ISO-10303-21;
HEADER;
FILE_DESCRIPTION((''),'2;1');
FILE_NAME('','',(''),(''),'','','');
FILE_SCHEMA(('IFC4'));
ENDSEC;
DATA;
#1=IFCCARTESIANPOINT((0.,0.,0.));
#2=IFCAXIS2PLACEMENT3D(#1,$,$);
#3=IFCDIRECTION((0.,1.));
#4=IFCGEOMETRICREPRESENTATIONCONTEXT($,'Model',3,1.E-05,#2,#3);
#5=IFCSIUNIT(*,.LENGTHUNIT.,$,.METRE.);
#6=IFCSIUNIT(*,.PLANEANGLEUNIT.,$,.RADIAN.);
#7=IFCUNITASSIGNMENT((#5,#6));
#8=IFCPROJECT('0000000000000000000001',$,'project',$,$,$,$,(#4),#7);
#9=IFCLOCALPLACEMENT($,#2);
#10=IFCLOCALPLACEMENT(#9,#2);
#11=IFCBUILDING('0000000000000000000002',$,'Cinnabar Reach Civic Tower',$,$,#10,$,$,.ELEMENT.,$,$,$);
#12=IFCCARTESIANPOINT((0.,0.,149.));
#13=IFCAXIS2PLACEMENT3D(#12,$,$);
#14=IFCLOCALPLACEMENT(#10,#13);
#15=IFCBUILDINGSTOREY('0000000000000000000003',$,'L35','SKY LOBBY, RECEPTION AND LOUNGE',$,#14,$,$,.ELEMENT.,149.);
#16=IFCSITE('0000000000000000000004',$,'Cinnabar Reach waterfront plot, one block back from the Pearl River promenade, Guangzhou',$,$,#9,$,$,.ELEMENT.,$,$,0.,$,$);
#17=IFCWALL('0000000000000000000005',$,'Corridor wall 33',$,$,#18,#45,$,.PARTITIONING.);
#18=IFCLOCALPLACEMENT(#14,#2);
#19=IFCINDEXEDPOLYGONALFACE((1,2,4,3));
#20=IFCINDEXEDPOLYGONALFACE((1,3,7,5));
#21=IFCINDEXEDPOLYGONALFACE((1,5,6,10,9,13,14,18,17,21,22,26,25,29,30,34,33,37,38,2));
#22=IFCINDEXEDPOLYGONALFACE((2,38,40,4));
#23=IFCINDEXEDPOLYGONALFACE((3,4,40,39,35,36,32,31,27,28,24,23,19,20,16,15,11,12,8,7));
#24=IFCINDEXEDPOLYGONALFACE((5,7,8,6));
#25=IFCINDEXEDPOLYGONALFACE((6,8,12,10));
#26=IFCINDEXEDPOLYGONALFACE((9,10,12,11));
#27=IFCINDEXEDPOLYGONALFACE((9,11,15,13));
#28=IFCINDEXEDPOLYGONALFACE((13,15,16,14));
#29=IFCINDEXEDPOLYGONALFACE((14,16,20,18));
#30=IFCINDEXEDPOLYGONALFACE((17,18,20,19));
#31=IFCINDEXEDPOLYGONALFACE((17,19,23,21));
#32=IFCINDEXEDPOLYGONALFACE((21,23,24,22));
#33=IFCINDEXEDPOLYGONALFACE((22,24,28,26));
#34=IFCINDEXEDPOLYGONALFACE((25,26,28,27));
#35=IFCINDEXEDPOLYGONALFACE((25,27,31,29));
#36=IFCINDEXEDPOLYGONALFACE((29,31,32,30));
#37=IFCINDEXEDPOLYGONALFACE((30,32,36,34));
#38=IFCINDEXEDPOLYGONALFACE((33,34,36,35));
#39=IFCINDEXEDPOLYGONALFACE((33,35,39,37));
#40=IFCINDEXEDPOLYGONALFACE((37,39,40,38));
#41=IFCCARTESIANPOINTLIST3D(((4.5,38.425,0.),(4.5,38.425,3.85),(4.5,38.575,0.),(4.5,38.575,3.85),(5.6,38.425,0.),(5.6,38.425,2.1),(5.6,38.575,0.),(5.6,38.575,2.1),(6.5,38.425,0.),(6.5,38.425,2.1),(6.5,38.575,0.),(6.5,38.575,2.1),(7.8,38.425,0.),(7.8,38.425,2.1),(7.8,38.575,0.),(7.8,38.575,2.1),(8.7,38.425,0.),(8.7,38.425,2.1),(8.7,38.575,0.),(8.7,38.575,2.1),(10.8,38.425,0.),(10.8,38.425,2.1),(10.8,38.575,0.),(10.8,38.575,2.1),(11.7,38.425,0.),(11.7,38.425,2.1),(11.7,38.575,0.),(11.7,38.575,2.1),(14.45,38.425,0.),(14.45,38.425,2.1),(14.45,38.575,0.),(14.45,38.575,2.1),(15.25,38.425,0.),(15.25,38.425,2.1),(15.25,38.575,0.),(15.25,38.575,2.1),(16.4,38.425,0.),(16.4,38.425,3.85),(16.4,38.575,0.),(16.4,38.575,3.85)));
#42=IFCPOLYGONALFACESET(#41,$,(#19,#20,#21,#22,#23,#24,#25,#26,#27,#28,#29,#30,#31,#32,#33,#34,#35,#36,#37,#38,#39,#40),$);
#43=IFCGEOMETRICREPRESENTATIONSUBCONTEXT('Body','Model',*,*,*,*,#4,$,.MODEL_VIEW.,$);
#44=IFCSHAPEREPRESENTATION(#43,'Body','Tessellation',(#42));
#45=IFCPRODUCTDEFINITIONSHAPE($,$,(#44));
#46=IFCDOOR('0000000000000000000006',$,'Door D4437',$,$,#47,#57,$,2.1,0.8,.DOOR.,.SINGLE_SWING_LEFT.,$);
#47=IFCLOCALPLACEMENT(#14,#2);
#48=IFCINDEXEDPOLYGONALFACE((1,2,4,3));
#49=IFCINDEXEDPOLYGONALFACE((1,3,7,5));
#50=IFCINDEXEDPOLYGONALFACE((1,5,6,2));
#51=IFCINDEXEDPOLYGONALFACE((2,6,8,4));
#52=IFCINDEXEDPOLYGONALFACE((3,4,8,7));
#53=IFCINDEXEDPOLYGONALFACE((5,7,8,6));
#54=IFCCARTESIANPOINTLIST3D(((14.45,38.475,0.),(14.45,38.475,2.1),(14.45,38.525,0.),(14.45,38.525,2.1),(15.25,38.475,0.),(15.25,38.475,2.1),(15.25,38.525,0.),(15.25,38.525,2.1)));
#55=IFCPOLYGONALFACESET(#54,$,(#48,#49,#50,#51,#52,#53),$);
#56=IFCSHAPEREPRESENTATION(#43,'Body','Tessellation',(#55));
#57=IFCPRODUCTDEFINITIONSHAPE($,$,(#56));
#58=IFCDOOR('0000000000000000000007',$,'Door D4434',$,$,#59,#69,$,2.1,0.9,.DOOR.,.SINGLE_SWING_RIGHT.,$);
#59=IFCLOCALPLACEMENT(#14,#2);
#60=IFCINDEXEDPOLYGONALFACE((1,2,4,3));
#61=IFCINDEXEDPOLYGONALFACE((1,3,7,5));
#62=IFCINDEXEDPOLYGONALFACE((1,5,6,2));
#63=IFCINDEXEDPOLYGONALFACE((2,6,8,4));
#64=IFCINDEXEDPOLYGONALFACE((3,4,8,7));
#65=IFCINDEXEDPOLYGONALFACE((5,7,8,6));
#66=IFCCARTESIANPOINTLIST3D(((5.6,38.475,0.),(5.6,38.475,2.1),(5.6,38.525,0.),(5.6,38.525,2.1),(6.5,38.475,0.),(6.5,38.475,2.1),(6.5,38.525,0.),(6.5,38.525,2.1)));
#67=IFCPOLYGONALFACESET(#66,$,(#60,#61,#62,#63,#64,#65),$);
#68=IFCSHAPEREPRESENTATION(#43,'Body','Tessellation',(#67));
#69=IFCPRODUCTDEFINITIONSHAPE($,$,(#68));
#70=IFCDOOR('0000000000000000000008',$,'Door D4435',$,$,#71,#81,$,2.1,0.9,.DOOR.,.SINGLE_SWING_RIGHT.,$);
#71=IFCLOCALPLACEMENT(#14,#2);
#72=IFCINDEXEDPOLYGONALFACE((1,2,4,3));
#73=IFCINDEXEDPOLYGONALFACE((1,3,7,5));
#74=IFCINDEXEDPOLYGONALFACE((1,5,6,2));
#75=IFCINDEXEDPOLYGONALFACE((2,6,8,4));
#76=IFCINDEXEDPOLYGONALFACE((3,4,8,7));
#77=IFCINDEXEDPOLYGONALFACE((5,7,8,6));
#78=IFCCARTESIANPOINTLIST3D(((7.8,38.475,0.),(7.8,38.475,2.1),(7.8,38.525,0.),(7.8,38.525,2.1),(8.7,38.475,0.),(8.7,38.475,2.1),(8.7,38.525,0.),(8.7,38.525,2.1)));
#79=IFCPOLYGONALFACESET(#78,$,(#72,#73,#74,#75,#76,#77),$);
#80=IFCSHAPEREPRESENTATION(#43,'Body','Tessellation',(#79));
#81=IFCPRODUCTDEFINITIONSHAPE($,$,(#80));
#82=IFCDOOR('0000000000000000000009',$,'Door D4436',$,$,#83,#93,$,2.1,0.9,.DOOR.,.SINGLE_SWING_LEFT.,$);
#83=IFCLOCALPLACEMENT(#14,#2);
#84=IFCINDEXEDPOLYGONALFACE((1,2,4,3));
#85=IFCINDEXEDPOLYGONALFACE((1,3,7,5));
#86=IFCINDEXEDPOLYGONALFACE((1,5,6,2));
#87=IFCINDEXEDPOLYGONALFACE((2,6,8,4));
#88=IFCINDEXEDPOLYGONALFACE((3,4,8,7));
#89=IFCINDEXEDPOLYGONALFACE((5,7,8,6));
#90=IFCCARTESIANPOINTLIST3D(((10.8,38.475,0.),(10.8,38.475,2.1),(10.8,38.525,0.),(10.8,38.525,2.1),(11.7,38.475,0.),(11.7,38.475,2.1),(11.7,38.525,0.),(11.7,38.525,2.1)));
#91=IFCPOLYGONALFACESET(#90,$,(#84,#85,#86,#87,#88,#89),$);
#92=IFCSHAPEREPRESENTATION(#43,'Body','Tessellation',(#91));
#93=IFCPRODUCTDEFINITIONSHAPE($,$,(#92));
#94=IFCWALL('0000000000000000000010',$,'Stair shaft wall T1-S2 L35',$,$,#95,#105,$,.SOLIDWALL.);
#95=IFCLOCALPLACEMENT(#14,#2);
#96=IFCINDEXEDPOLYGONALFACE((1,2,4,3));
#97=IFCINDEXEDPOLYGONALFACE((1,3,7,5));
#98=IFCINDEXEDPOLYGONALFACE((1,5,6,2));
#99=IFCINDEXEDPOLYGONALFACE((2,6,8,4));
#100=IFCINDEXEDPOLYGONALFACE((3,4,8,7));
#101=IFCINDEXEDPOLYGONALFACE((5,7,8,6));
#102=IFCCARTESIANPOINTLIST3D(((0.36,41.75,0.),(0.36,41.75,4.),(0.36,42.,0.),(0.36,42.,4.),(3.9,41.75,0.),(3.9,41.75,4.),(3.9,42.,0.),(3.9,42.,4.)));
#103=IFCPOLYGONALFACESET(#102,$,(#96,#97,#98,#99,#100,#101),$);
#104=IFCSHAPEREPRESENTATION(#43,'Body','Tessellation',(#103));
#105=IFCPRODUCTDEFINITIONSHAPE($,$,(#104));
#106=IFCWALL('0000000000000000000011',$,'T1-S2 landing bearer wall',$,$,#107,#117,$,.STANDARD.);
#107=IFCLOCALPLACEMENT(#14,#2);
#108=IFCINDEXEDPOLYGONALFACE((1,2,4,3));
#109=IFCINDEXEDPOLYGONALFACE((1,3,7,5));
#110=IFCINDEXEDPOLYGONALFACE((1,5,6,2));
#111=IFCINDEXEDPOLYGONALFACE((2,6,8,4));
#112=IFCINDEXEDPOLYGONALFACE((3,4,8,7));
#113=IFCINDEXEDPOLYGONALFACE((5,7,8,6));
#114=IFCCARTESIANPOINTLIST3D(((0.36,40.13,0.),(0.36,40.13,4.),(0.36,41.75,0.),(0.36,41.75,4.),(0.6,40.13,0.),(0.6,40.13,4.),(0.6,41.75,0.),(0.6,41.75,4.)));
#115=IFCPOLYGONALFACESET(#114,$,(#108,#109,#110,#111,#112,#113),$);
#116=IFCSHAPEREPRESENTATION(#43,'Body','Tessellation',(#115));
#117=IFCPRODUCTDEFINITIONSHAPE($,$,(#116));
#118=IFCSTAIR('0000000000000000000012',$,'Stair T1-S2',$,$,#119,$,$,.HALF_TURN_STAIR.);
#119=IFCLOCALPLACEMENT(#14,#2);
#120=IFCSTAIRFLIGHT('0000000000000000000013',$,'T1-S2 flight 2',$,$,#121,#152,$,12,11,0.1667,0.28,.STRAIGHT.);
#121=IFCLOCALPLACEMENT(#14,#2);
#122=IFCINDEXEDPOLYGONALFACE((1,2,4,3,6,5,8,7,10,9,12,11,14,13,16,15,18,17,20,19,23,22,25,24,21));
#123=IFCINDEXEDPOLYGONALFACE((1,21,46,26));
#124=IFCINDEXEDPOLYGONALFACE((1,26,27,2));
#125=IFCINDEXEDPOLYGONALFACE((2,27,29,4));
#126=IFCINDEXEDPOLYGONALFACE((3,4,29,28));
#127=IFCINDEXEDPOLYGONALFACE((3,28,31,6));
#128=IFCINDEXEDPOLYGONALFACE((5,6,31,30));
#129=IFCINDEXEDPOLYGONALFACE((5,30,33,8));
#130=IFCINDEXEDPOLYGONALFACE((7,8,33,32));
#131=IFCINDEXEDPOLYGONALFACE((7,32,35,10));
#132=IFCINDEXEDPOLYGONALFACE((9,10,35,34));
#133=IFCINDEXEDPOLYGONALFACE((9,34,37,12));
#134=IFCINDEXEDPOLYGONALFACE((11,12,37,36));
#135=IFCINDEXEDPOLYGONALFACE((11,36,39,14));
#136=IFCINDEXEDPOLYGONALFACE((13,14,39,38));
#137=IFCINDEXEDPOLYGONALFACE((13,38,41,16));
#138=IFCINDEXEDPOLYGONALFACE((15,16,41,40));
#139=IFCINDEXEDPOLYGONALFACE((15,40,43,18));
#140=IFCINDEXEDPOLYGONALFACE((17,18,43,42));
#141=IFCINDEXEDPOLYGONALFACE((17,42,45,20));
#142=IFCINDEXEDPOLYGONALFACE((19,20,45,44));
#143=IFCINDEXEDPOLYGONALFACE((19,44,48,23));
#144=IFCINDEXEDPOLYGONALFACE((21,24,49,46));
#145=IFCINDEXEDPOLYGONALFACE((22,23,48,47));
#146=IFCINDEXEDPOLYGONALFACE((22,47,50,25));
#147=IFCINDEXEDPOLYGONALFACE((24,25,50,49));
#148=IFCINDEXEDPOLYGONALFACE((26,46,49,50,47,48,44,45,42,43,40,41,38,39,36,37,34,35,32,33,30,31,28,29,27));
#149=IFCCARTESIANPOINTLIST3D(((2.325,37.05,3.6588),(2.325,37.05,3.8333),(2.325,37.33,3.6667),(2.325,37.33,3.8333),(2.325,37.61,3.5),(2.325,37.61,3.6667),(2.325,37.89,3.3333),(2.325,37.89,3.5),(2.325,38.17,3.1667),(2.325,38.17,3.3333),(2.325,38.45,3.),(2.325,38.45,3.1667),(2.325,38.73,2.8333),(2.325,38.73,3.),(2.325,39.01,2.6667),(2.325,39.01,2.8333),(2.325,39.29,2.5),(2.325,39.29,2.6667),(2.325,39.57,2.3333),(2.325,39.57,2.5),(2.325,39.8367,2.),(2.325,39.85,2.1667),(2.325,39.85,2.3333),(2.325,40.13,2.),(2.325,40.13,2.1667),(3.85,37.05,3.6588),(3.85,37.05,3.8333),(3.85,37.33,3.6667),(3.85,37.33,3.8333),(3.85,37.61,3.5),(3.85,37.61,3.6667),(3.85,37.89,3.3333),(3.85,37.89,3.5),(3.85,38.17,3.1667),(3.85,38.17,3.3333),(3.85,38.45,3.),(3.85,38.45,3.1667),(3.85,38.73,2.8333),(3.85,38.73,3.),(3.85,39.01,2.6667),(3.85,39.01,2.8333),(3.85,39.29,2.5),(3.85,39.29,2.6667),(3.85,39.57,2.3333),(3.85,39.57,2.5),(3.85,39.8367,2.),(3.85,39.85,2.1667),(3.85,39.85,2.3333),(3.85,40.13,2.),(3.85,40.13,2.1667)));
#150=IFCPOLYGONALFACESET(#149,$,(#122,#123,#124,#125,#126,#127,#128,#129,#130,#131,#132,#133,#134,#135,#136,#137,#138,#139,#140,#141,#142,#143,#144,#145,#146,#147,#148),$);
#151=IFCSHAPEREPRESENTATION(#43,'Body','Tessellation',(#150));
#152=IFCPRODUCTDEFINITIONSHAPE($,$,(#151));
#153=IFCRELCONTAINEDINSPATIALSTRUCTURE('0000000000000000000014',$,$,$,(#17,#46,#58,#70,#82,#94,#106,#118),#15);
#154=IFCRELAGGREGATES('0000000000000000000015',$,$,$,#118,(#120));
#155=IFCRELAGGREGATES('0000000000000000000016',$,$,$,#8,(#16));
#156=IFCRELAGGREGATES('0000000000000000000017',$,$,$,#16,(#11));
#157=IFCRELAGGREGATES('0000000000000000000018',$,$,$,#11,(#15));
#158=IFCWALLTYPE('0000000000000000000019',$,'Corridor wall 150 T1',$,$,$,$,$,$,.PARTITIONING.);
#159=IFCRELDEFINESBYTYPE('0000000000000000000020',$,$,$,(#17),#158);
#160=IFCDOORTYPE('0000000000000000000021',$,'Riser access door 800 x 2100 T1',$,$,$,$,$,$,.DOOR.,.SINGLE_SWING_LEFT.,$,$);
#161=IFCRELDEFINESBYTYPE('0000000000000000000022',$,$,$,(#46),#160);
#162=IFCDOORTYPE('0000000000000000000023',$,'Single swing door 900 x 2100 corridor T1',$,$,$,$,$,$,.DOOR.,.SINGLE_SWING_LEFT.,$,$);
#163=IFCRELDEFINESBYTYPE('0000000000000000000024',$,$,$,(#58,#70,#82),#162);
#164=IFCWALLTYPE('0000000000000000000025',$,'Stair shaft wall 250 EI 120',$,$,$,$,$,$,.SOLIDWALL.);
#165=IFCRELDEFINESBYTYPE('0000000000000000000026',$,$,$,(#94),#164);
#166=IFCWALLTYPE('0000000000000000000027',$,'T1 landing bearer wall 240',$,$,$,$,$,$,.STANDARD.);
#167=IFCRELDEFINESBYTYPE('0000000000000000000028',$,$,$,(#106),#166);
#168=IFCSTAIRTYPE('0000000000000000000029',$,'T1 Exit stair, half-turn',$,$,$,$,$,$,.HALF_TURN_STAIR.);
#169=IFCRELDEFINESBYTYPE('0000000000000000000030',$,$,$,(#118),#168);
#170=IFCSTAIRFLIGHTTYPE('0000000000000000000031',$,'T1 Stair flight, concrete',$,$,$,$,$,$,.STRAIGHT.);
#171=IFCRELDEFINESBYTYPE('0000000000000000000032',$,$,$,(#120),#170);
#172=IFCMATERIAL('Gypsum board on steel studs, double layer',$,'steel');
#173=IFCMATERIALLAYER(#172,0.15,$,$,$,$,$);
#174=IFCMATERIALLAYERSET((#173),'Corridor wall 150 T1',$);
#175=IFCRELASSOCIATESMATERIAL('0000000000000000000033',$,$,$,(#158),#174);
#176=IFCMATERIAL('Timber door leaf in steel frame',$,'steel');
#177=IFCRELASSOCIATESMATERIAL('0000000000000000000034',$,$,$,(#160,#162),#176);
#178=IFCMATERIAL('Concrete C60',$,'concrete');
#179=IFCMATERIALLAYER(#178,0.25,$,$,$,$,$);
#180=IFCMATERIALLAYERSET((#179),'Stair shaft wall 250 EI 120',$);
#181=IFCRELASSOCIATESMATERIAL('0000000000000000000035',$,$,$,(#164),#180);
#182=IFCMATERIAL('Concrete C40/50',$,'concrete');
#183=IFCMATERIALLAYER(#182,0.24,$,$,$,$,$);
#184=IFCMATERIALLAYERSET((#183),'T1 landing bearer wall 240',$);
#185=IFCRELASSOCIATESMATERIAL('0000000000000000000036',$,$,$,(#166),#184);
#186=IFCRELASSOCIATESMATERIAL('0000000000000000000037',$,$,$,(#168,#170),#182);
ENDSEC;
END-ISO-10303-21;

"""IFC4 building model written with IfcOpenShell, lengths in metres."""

from ifc_helpers import new_model, si_unit, direction, frame, frame_2d, origin, place, context, subcontext, project, spatial, polyline, rectangle, outline, extrude, material, layer, layer_set, type_object, element, fill, aggregate, save


model = new_model("IFC4")

# Units and contexts
model_context = context("Model", 3, precision=1e-05, world=origin(), true_north=direction((0.0, 1.0)))
body_context = subcontext(model_context, "Body", "Model", "MODEL_VIEW")
ifc_project = project(units=[si_unit("LENGTHUNIT", "METRE"), si_unit("PLANEANGLEUNIT", "RADIAN")], contexts=[model_context])

# Site, building, storey
site_placement = place(None, origin())
site = spatial("IfcSite", under=ifc_project, at=site_placement, Name="Cinnabar Reach waterfront plot, one block back from the Pearl River promenade, Guangzhou", CompositionType="ELEMENT", RefElevation=0.0)
building_placement = place(site_placement, origin())
building = spatial("IfcBuilding", under=site, at=building_placement, Name="Cinnabar Reach Civic Tower", CompositionType="ELEMENT")
storey_placement = place(building_placement, frame((0.0, 0.0, 149.0)))
storey = spatial("IfcBuildingStorey", under=building, at=storey_placement, Name="L35", Description="SKY LOBBY, RECEPTION AND LOUNGE", CompositionType="ELEMENT", Elevation=149.0)

# Shared definitions
ifc_material_1 = material(Name="Timber door leaf in steel frame", Category="steel")

# Wall, openings, doors
ifc_material_2 = material(Name="Gypsum board on steel studs, double layer", Category="steel")
ifc_layer_1 = layer(ifc_material_2, 0.15)
ifc_layer_set_1 = layer_set([ifc_layer_1], Name="Corridor wall 150 T1")
wall_type_1 = type_object("IfcWallType", Name="Corridor wall 150 T1", PredefinedType="PARTITIONING", material=ifc_layer_set_1)
wall_1_placement = place(storey_placement, frame((4.5, 38.5, 0.0), z_axis=(0.0, 0.0, 1.0), x_axis=(1.0, 0.0, 0.0)))
wall_1 = element("IfcWall", 1, at=wall_1_placement, inside=storey, type_object=wall_type_1, Name="Corridor wall 33", PredefinedType="PARTITIONING", context=body_context, shape_type="SweptSolid", body=[
    extrude(rectangle(XDim=11.9, YDim=0.15, at=frame_2d((5.95, 0.0))), origin(), (0.0, 0.0, 1.0), 3.85),
])
opening_1_placement = place(wall_1_placement, frame((1.1, 0.0, 0.0)))
opening_1 = element("IfcOpeningElement", 2, at=opening_1_placement, cuts=wall_1, PredefinedType="OPENING", context=body_context, shape_type="SweptSolid", body=[
    extrude(rectangle(XDim=0.9, YDim=2.1, at=frame_2d((0.45, 1.05))), frame((0.0, 0.085, 0.0), z_axis=(0.0, -1.0, 0.0), x_axis=(1.0, 0.0, 0.0)), (0.0, 0.0, 1.0), 0.17),
])
opening_2_placement = place(wall_1_placement, frame((3.3, 0.0, 0.0)))
opening_2 = element("IfcOpeningElement", 3, at=opening_2_placement, cuts=wall_1, PredefinedType="OPENING", context=body_context, shape_type="SweptSolid", body=[
    extrude(rectangle(XDim=0.9, YDim=2.1, at=frame_2d((0.45, 1.05))), frame((0.0, 0.085, 0.0), z_axis=(0.0, -1.0, 0.0), x_axis=(1.0, 0.0, 0.0)), (0.0, 0.0, 1.0), 0.17),
])
opening_3_placement = place(wall_1_placement, frame((6.3, 0.0, 0.0)))
opening_3 = element("IfcOpeningElement", 4, at=opening_3_placement, cuts=wall_1, PredefinedType="OPENING", context=body_context, shape_type="SweptSolid", body=[
    extrude(rectangle(XDim=0.9, YDim=2.1, at=frame_2d((0.45, 1.05))), frame((0.0, 0.085, 0.0), z_axis=(0.0, -1.0, 0.0), x_axis=(1.0, 0.0, 0.0)), (0.0, 0.0, 1.0), 0.17),
])
opening_4_placement = place(wall_1_placement, frame((9.95, 0.0, 0.0)))
opening_4 = element("IfcOpeningElement", 5, at=opening_4_placement, cuts=wall_1, PredefinedType="OPENING", context=body_context, shape_type="SweptSolid", body=[
    extrude(rectangle(XDim=0.8, YDim=2.1, at=frame_2d((0.4, 1.05))), frame((0.0, 0.085, 0.0), z_axis=(0.0, -1.0, 0.0), x_axis=(1.0, 0.0, 0.0)), (0.0, 0.0, 1.0), 0.17),
])
door_type_1 = type_object("IfcDoorType", Name="Riser access door 800 x 2100 T1", OperationType="SINGLE_SWING_LEFT", PredefinedType="DOOR", material=ifc_material_1)
door_1_placement = place(opening_4_placement, origin())
door_1 = element("IfcDoor", 6, at=door_1_placement, inside=storey, type_object=door_type_1, Name="Door D4437", OperationType="SINGLE_SWING_LEFT", OverallHeight=2.1, OverallWidth=0.8, PredefinedType="DOOR", context=body_context, shape_type="SweptSolid", body=[
    extrude(rectangle(XDim=0.8, YDim=2.1, at=frame_2d((0.4, 1.05))), frame((0.0, 0.025, 0.0), z_axis=(0.0, -1.0, 0.0), x_axis=(1.0, 0.0, 0.0)), (0.0, 0.0, 1.0), 0.05),
])
fill(opening_4, door_1)
door_type_2 = type_object("IfcDoorType", Name="Single swing door 900 x 2100 corridor T1", OperationType="SINGLE_SWING_LEFT", PredefinedType="DOOR", material=ifc_material_1)
door_2_placement = place(opening_1_placement, origin())
door_2 = element("IfcDoor", 7, at=door_2_placement, inside=storey, type_object=door_type_2, Name="Door D4434", OperationType="SINGLE_SWING_RIGHT", OverallHeight=2.1, OverallWidth=0.9, PredefinedType="DOOR", context=body_context, shape_type="SweptSolid", body=[
    extrude(rectangle(XDim=0.9, YDim=2.1, at=frame_2d((0.45, 1.05))), frame((0.0, 0.025, 0.0), z_axis=(0.0, -1.0, 0.0), x_axis=(1.0, 0.0, 0.0)), (0.0, 0.0, 1.0), 0.05),
])
fill(opening_1, door_2)
door_3_placement = place(opening_2_placement, origin())
door_3 = element("IfcDoor", 8, at=door_3_placement, inside=storey, type_object=door_type_2, Name="Door D4435", OperationType="SINGLE_SWING_RIGHT", OverallHeight=2.1, OverallWidth=0.9, PredefinedType="DOOR", context=body_context, shape_type="SweptSolid", body=[
    extrude(rectangle(XDim=0.9, YDim=2.1, at=frame_2d((0.45, 1.05))), frame((0.0, 0.025, 0.0), z_axis=(0.0, -1.0, 0.0), x_axis=(1.0, 0.0, 0.0)), (0.0, 0.0, 1.0), 0.05),
])
fill(opening_2, door_3)
door_4_placement = place(opening_3_placement, origin())
door_4 = element("IfcDoor", 9, at=door_4_placement, inside=storey, type_object=door_type_2, Name="Door D4436", OperationType="SINGLE_SWING_LEFT", OverallHeight=2.1, OverallWidth=0.9, PredefinedType="DOOR", context=body_context, shape_type="SweptSolid", body=[
    extrude(rectangle(XDim=0.9, YDim=2.1, at=frame_2d((0.45, 1.05))), frame((0.0, 0.025, 0.0), z_axis=(0.0, -1.0, 0.0), x_axis=(1.0, 0.0, 0.0)), (0.0, 0.0, 1.0), 0.05),
])
fill(opening_3, door_4)

# Walls
ifc_material_3 = material(Name="Concrete C60", Category="concrete")
ifc_layer_2 = layer(ifc_material_3, 0.25)
ifc_layer_set_2 = layer_set([ifc_layer_2], Name="Stair shaft wall 250 EI 120")
wall_type_2 = type_object("IfcWallType", Name="Stair shaft wall 250 EI 120", PredefinedType="SOLIDWALL", material=ifc_layer_set_2)
wall_2_placement = place(storey_placement, frame((3.9, 41.875, 0.0), z_axis=(0.0, 0.0, 1.0), x_axis=(-1.0, 0.0, 0.0)))
element("IfcWall", 10, at=wall_2_placement, inside=storey, type_object=wall_type_2, Name="Stair shaft wall T1-S2 L35", PredefinedType="SOLIDWALL", context=body_context, shape_type="SweptSolid", body=[
    extrude(rectangle(XDim=3.54, YDim=0.25, at=frame_2d((1.77, 0.0))), origin(), (0.0, 0.0, 1.0), 4.0),
])
ifc_material_4 = material(Name="Concrete C40/50", Category="concrete")
ifc_layer_3 = layer(ifc_material_4, 0.24)
ifc_layer_set_3 = layer_set([ifc_layer_3], Name="T1 landing bearer wall 240")
wall_type_3 = type_object("IfcWallType", Name="T1 landing bearer wall 240", PredefinedType="STANDARD", material=ifc_layer_set_3)
wall_3_placement = place(storey_placement, frame((0.48, 40.13, 0.0), z_axis=(0.0, 0.0, 1.0), x_axis=(0.0, 1.0, 0.0)))
element("IfcWall", 11, at=wall_3_placement, inside=storey, type_object=wall_type_3, Name="T1-S2 landing bearer wall", PredefinedType="STANDARD", context=body_context, shape_type="SweptSolid", body=[
    extrude(rectangle(XDim=1.62, YDim=0.24, at=frame_2d((0.81, 0.0))), origin(), (0.0, 0.0, 1.0), 4.0),
])

# Stair, stair flight
stair_type = type_object("IfcStairType", Name="T1 Exit stair, half-turn", PredefinedType="HALF_TURN_STAIR", material=ifc_material_4)
stair_placement = place(storey_placement, origin())
stair = element("IfcStair", 12, at=stair_placement, inside=storey, type_object=stair_type, Name="Stair T1-S2", PredefinedType="HALF_TURN_STAIR")
stair_flight_type = type_object("IfcStairFlightType", Name="T1 Stair flight, concrete", PredefinedType="STRAIGHT", material=ifc_material_4)
stair_flight_placement = place(storey_placement, frame((3.0875, 40.13, 2.0), z_axis=(0.0, 0.0, 1.0), x_axis=(0.0, -1.0, 0.0)))
stair_flight = element("IfcStairFlight", 13, at=stair_flight_placement, type_object=stair_flight_type, Name="T1-S2 flight 2", NumberOfRisers=12, NumberOfTreads=11, PredefinedType="STRAIGHT", RiserHeight=0.1667, TreadLength=0.28, context=body_context, shape_type="SweptSolid", body=[
    extrude(outline(polyline([(0.0, 0.0), (0.0, 0.1667), (0.28, 0.1667), (0.28, 0.3333), (0.56, 0.3333), (0.56, 0.5), (0.84, 0.5), (0.84, 0.6667), (1.12, 0.6667), (1.12, 0.8333), (1.4, 0.8333), (1.4, 1.0), (1.68, 1.0), (1.68, 1.1667), (1.96, 1.1667), (1.96, 1.3333), (2.24, 1.3333), (2.24, 1.5), (2.52, 1.5), (2.52, 1.6667), (2.8, 1.6667), (2.8, 1.8333), (3.08, 1.8333), (3.08, 2.0), (3.08, 1.6588), (0.2933, 0.0), (0.0, 0.0)])), frame((0.0, 0.7625, 0.0), z_axis=(0.0, -1.0, 0.0), x_axis=(1.0, 0.0, 0.0)), (0.0, 0.0, 1.0), 1.525),
])
aggregate(stair, [stair_flight])

save(model, "model.ifc")
